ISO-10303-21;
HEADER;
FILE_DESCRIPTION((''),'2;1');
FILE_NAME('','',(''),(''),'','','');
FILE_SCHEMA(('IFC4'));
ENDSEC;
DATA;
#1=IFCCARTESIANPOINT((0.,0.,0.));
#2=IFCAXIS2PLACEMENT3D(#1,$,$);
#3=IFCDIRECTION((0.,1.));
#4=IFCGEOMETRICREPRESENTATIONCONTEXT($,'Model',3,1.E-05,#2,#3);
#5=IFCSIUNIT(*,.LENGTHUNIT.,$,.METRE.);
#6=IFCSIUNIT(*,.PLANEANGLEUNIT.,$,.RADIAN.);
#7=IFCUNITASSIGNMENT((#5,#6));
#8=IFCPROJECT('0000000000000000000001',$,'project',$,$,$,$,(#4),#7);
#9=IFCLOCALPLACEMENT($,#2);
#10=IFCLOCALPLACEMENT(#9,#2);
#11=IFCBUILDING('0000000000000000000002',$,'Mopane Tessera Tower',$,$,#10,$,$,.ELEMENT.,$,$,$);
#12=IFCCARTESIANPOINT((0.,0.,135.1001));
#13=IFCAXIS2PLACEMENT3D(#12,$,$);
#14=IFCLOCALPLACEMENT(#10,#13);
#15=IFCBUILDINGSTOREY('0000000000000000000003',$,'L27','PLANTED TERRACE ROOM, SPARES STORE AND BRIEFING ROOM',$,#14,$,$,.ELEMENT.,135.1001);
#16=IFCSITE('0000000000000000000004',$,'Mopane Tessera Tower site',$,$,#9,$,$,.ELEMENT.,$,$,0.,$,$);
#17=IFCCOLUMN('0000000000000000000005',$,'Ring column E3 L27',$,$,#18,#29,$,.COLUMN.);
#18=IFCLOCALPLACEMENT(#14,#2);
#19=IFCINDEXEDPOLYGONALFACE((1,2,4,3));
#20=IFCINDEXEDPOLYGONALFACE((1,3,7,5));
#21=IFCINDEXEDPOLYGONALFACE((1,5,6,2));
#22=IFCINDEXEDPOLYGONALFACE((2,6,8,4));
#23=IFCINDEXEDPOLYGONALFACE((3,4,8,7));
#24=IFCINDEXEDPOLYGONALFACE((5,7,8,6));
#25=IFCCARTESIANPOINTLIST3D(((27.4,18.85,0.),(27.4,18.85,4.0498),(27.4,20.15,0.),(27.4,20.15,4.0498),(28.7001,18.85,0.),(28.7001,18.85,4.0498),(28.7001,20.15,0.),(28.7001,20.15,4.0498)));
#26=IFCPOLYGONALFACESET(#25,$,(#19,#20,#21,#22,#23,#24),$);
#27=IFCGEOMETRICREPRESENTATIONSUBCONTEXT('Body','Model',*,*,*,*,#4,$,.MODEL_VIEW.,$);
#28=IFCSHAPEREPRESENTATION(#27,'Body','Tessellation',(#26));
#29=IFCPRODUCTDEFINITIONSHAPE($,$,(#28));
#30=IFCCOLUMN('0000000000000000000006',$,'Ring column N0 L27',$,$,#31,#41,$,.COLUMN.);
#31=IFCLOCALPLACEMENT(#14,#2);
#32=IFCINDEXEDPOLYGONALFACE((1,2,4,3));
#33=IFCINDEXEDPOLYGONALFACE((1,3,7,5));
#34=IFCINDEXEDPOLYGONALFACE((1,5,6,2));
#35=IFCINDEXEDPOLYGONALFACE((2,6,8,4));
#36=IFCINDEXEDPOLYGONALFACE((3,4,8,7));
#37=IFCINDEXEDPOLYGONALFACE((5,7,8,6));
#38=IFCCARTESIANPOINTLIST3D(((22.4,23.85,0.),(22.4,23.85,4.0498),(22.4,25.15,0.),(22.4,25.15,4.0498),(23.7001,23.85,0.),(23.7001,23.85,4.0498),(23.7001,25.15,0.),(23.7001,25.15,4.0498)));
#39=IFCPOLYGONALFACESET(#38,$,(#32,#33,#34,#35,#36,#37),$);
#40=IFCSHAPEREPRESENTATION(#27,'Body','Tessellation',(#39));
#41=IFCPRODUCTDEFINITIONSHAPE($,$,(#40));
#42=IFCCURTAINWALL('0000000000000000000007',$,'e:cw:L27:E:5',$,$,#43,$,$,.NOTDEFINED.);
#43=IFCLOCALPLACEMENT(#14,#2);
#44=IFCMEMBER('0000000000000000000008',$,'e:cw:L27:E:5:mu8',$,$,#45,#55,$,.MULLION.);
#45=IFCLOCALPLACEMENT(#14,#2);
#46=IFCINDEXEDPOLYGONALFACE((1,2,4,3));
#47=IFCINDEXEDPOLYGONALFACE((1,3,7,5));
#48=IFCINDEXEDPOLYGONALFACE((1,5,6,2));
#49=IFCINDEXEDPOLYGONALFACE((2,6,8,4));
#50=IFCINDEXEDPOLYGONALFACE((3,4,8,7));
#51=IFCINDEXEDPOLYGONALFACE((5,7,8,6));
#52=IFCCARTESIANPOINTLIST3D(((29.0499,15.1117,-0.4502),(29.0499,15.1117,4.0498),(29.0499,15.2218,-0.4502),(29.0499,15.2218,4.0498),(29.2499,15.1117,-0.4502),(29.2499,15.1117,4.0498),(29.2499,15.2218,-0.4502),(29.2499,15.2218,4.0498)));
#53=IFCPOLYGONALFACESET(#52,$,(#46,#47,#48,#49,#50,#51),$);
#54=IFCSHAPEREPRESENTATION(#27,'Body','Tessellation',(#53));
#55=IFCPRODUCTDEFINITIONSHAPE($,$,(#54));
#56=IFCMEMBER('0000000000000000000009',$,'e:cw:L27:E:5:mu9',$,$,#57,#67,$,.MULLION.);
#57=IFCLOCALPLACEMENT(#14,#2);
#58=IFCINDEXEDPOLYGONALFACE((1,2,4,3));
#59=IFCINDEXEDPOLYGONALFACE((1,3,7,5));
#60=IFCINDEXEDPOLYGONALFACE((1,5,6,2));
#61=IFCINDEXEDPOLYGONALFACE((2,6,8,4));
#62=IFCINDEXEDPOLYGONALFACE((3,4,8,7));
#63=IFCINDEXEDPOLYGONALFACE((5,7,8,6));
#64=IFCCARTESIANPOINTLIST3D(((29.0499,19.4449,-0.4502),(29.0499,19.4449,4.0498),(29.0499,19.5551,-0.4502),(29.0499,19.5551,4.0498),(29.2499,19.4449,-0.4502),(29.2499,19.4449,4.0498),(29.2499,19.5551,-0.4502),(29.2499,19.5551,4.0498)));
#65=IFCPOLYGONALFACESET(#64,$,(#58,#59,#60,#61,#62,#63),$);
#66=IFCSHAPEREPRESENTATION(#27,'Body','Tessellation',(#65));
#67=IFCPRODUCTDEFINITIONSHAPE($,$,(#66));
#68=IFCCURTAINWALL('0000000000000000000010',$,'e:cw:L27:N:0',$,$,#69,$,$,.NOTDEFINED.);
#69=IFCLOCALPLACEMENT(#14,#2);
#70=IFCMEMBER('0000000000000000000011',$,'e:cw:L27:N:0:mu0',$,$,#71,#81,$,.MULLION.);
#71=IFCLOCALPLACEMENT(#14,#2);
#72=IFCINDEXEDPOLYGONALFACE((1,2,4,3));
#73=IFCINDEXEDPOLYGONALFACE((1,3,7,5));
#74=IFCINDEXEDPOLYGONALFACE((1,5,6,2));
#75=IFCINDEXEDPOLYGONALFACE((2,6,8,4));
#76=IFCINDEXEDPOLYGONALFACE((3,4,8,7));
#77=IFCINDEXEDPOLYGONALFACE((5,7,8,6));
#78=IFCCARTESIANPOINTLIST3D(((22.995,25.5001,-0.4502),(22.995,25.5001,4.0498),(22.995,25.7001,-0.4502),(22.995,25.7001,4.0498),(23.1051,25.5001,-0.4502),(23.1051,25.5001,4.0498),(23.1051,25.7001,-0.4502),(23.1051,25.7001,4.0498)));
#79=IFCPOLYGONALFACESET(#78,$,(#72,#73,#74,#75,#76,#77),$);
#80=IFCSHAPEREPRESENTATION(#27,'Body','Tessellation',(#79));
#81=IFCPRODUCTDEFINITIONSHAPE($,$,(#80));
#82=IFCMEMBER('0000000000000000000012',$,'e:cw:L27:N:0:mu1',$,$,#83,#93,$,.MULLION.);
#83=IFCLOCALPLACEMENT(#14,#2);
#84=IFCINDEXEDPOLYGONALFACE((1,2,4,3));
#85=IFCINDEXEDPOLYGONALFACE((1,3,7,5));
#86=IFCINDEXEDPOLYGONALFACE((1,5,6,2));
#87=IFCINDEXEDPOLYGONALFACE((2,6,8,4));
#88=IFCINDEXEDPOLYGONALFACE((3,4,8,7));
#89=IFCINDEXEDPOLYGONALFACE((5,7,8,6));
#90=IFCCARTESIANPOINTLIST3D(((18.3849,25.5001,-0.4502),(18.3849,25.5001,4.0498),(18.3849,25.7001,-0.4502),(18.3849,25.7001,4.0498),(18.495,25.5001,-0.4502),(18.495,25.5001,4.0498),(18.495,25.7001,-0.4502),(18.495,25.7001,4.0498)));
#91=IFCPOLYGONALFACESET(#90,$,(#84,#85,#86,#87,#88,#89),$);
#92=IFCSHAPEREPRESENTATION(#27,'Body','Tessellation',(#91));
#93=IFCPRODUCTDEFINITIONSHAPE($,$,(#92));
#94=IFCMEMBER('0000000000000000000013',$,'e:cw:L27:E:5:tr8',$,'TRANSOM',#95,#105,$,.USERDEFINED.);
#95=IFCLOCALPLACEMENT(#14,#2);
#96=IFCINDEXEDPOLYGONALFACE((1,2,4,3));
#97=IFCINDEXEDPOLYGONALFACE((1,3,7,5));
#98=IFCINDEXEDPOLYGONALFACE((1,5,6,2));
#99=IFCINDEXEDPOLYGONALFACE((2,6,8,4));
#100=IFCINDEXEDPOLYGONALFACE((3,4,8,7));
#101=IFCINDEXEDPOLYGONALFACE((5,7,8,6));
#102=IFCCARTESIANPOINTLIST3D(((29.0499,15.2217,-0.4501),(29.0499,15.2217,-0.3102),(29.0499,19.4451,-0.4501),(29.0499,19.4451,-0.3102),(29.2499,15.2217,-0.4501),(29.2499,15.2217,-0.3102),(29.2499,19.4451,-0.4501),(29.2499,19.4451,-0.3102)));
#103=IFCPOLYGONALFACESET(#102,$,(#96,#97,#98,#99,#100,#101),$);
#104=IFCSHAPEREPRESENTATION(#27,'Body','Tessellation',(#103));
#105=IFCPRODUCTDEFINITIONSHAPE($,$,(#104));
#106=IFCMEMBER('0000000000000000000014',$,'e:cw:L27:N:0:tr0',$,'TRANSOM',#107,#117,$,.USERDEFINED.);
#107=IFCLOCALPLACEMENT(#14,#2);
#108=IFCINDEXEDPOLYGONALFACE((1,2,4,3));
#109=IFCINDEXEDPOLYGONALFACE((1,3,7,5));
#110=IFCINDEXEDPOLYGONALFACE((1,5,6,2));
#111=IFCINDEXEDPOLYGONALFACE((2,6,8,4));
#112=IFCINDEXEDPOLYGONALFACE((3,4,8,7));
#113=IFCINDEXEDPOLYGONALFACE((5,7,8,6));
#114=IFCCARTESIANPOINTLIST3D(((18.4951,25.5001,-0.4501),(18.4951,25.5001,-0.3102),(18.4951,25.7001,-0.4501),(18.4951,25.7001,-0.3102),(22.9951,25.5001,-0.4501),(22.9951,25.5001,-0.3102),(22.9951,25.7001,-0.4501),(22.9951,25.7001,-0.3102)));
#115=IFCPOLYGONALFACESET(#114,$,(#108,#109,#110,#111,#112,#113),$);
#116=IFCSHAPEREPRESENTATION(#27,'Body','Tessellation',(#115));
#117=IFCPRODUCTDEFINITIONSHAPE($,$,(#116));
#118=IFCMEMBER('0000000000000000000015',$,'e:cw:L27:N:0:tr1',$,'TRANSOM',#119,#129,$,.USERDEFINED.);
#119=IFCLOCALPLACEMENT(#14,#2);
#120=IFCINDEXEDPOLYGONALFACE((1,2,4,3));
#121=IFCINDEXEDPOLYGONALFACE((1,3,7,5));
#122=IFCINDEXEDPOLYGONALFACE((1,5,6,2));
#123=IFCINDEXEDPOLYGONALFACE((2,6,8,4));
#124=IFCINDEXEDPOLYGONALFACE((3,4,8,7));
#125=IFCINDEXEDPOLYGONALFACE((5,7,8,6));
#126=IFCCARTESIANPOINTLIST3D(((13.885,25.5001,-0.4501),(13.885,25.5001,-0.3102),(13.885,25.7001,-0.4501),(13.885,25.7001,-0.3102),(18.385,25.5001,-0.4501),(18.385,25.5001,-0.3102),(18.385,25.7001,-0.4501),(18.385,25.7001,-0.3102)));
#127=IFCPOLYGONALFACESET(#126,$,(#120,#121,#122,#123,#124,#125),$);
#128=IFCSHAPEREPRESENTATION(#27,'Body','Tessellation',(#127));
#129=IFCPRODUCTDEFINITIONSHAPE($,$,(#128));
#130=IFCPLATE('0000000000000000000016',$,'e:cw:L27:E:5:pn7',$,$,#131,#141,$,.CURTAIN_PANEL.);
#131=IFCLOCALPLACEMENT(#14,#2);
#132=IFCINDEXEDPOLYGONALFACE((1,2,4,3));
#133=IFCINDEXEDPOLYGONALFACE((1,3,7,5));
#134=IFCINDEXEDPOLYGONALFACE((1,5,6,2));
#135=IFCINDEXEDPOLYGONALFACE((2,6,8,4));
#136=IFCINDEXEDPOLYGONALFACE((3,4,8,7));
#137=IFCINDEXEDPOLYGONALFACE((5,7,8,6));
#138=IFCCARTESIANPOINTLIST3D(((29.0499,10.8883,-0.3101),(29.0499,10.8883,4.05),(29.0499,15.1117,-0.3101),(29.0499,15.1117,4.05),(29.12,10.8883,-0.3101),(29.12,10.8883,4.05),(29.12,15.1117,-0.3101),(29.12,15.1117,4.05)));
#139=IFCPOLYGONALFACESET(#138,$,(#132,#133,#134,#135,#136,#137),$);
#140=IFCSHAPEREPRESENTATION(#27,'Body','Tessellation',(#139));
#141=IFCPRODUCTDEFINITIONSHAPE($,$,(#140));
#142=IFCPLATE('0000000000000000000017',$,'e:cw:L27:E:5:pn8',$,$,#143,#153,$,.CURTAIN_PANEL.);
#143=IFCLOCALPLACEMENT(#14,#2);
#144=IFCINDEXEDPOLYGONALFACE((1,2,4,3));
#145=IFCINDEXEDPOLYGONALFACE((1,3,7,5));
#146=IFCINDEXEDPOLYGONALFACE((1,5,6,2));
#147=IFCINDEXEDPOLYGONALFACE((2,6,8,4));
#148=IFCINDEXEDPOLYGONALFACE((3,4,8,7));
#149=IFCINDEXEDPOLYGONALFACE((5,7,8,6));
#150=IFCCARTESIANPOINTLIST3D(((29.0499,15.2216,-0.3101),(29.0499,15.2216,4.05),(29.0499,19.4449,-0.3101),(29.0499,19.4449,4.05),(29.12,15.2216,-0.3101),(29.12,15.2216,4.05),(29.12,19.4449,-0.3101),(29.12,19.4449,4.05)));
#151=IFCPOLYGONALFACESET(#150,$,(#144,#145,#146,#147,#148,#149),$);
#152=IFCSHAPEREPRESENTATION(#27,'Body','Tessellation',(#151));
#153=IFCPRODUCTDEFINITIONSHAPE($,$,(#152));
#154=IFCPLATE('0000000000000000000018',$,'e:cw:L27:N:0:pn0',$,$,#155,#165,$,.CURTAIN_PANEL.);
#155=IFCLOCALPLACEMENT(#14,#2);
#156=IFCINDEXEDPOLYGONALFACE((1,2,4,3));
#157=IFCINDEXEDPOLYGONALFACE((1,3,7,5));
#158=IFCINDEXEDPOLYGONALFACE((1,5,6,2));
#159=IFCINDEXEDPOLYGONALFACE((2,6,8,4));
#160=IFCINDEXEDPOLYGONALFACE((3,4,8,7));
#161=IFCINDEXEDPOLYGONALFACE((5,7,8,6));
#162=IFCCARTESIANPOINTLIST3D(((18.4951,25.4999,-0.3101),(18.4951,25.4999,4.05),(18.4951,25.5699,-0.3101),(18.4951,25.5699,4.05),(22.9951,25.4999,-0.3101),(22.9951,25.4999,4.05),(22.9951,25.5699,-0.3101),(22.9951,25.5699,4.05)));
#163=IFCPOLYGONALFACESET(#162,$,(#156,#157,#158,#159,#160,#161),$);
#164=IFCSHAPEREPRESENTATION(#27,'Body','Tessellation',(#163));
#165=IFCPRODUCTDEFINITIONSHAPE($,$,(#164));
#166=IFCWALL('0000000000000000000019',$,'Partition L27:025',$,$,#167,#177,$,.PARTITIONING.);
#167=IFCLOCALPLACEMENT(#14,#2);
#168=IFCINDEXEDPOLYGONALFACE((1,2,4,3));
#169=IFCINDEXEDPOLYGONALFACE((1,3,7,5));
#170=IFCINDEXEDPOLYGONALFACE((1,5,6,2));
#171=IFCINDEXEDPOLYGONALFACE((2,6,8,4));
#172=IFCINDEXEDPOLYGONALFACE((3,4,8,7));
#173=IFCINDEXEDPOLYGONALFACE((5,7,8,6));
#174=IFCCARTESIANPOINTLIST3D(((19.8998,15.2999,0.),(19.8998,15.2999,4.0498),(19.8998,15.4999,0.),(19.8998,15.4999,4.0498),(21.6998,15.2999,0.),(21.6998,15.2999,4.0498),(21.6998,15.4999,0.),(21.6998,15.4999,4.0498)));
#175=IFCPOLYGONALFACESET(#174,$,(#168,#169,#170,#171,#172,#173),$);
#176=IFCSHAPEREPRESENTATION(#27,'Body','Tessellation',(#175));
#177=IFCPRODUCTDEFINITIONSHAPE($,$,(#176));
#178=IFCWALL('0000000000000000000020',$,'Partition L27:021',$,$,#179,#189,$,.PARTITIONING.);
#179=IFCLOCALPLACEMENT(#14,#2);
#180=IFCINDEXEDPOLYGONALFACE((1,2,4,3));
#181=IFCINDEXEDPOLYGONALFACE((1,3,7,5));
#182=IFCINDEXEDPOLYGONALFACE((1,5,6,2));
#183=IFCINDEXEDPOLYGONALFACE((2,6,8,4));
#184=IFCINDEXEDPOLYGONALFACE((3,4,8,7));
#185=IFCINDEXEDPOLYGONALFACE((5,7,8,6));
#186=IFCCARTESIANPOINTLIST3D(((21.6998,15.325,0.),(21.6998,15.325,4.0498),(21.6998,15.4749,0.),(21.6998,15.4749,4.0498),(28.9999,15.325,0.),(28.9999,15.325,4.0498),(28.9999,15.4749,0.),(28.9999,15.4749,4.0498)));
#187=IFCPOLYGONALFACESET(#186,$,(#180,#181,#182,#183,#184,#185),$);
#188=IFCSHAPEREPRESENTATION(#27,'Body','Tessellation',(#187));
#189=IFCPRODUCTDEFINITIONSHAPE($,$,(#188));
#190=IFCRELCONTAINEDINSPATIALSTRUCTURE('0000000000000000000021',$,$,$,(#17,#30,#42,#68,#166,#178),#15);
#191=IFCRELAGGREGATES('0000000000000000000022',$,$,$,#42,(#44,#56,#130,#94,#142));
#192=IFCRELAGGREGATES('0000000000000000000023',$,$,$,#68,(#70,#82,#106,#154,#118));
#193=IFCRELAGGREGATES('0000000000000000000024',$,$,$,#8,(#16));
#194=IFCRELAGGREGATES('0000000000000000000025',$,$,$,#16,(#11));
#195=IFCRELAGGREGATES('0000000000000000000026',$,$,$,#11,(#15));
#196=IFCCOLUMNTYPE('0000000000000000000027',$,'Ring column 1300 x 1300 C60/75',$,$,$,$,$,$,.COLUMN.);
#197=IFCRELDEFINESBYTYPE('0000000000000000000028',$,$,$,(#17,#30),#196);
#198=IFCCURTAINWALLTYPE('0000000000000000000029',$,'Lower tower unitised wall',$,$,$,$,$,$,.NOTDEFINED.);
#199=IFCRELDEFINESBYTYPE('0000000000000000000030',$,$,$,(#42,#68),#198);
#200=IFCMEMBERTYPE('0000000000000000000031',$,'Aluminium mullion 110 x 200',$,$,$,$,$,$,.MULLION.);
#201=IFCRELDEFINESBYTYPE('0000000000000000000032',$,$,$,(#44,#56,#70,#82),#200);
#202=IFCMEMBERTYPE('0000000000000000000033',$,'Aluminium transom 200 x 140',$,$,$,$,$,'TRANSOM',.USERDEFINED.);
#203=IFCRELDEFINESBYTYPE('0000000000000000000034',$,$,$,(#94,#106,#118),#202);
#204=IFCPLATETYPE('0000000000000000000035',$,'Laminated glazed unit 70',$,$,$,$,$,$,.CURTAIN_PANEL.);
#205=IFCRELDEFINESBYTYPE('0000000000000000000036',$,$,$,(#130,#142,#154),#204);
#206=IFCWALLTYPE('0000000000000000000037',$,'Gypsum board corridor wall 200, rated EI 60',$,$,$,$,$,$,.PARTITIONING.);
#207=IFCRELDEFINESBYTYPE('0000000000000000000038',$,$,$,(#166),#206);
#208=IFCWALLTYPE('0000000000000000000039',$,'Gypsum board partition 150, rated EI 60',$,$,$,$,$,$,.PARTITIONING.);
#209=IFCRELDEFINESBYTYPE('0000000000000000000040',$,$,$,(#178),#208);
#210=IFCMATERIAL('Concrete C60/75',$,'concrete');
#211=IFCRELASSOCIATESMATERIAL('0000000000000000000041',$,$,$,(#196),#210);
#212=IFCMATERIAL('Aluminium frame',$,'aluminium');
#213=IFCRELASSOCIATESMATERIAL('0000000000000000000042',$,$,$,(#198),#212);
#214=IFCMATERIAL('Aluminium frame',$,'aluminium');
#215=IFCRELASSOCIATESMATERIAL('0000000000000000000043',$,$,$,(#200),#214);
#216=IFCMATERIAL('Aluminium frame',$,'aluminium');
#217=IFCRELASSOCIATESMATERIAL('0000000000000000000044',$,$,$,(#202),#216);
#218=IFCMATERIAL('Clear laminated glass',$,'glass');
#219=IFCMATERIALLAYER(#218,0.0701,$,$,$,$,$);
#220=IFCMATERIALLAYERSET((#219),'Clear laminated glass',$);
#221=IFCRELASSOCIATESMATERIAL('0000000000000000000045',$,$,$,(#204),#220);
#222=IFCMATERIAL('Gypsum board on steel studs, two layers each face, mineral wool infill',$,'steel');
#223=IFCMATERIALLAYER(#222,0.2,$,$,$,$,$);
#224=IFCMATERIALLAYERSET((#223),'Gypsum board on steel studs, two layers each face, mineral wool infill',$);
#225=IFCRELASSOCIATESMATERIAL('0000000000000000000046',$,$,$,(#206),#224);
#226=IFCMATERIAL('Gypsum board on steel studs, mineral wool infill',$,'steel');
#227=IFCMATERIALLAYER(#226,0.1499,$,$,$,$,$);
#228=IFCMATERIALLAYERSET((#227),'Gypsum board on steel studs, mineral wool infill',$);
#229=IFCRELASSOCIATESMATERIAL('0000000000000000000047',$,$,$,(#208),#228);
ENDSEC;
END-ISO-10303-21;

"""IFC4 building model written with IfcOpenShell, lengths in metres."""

from ifc_helpers import new_model, si_unit, direction, frame, frame_2d, origin, origin_2d, place, context, subcontext, project, spatial, rectangle, extrude, material, layer, layer_set, material_profile, profile_set, type_object, element, aggregate, save


model = new_model("IFC4")

# Units and contexts
model_context = context("Model", 3, precision=1e-05, world=origin(), true_north=direction((0.0, 1.0)))
body_context = subcontext(model_context, "Body", "Model", "MODEL_VIEW")
ifc_project = project(units=[si_unit("LENGTHUNIT", "METRE"), si_unit("PLANEANGLEUNIT", "RADIAN")], contexts=[model_context])

# Site, building, storey
site_placement = place(None, origin())
site = spatial("IfcSite", under=ifc_project, at=site_placement, Name="Mopane Tessera Tower site", CompositionType="ELEMENT", RefElevation=0.0)
building_placement = place(site_placement, origin())
building = spatial("IfcBuilding", under=site, at=building_placement, Name="Mopane Tessera Tower", CompositionType="ELEMENT")
storey_placement = place(building_placement, frame((0.0, 0.0, 135.1001)))
storey = spatial("IfcBuildingStorey", under=building, at=storey_placement, Name="L27", Description="PLANTED TERRACE ROOM, SPARES STORE AND BRIEFING ROOM", CompositionType="ELEMENT", Elevation=135.1001)

# Columns
ifc_material_1 = material(Name="Concrete C60/75", Category="concrete")
ifc_material_profile_1 = material_profile(ifc_material_1, rectangle(XDim=1.3, YDim=1.3, at=origin_2d()))
ifc_profile_set_1 = profile_set([ifc_material_profile_1], Name="Concrete C60/75")
column_type = type_object("IfcColumnType", Name="Ring column 1300 x 1300 C60/75", PredefinedType="COLUMN", material=ifc_profile_set_1)
for number, where, z_axis, x_axis, name in (
    (1, (28.05, 19.5, 0.0), (0.0, 0.0, 1.0), (1.0, 0.0, 0.0), "Ring column E3 L27"),
    (2, (23.05, 24.5, 0.0), (0.0, 0.0, 1.0), (1.0, 0.0, 0.0), "Ring column N0 L27"),
):
    element("IfcColumn", number, at=place(storey_placement, frame(where, z_axis=z_axis, x_axis=x_axis)), inside=storey, type_object=column_type, Name=name, PredefinedType="COLUMN", context=body_context, shape_type="SweptSolid", body=[
        extrude(rectangle(XDim=1.3, YDim=1.3, at=origin_2d()), origin(), (0.0, 0.0, 1.0), 4.0498),
    ])

# Curtain walls, members
ifc_material_2 = material(Name="Aluminium frame", Category="aluminium")
curtain_wall_type = type_object("IfcCurtainWallType", Name="Lower tower unitised wall", PredefinedType="NOTDEFINED", material=ifc_material_2)
curtain_wall_1_placement = place(storey_placement, origin())
curtain_wall_1 = element("IfcCurtainWall", 3, at=curtain_wall_1_placement, inside=storey, type_object=curtain_wall_type, Name="e:cw:L27:E:5", PredefinedType="NOTDEFINED")
ifc_material_3 = material(Name="Aluminium frame", Category="aluminium")
ifc_material_profile_2 = material_profile(ifc_material_3, rectangle(XDim=0.1101, YDim=0.2, at=origin_2d()))
ifc_profile_set_2 = profile_set([ifc_material_profile_2], Name="Aluminium frame")
member_type_1 = type_object("IfcMemberType", Name="Aluminium mullion 110 x 200", PredefinedType="MULLION", material=ifc_profile_set_2)
member_1_placement = place(storey_placement, frame((29.1499, 15.1667, -0.4502), z_axis=(0.0, 0.0, 1.0), x_axis=(0.0, 1.0, 0.0)))
member_1 = element("IfcMember", 4, at=member_1_placement, type_object=member_type_1, Name="e:cw:L27:E:5:mu8", PredefinedType="MULLION", context=body_context, shape_type="SweptSolid", body=[
    extrude(rectangle(XDim=0.1101, YDim=0.2, at=origin_2d()), origin(), (0.0, 0.0, 1.0), 4.5),
])
member_2_placement = place(storey_placement, frame((29.1499, 19.5, -0.4502), z_axis=(0.0, 0.0, 1.0), x_axis=(0.0, 1.0, 0.0)))
member_2 = element("IfcMember", 5, at=member_2_placement, type_object=member_type_1, Name="e:cw:L27:E:5:mu9", PredefinedType="MULLION", context=body_context, shape_type="SweptSolid", body=[
    extrude(rectangle(XDim=0.1101, YDim=0.2, at=origin_2d()), origin(), (0.0, 0.0, 1.0), 4.5),
])
curtain_wall_2_placement = place(storey_placement, origin())
curtain_wall_2 = element("IfcCurtainWall", 6, at=curtain_wall_2_placement, inside=storey, type_object=curtain_wall_type, Name="e:cw:L27:N:0", PredefinedType="NOTDEFINED")
member_3_placement = place(storey_placement, frame((23.05, 25.6001, -0.4502), z_axis=(0.0, 0.0, 1.0), x_axis=(-1.0, 0.0, 0.0)))
member_3 = element("IfcMember", 7, at=member_3_placement, type_object=member_type_1, Name="e:cw:L27:N:0:mu0", PredefinedType="MULLION", context=body_context, shape_type="SweptSolid", body=[
    extrude(rectangle(XDim=0.1101, YDim=0.2, at=origin_2d()), origin(), (0.0, 0.0, 1.0), 4.5),
])
member_4_placement = place(storey_placement, frame((18.4399, 25.6001, -0.4502), z_axis=(0.0, 0.0, 1.0), x_axis=(-1.0, 0.0, 0.0)))
member_4 = element("IfcMember", 8, at=member_4_placement, type_object=member_type_1, Name="e:cw:L27:N:0:mu1", PredefinedType="MULLION", context=body_context, shape_type="SweptSolid", body=[
    extrude(rectangle(XDim=0.1101, YDim=0.2, at=origin_2d()), origin(), (0.0, 0.0, 1.0), 4.5),
])

# Members
ifc_material_4 = material(Name="Aluminium frame", Category="aluminium")
ifc_material_profile_3 = material_profile(ifc_material_4, rectangle(XDim=0.2, YDim=0.1399, at=origin_2d()))
ifc_profile_set_3 = profile_set([ifc_material_profile_3], Name="Aluminium frame")
member_type_2 = type_object("IfcMemberType", Name="Aluminium transom 200 x 140", ElementType="TRANSOM", PredefinedType="USERDEFINED", material=ifc_profile_set_3)
member_5_placement = place(storey_placement, frame((29.1499, 15.2217, -0.3801), z_axis=(0.0, 1.0, 0.0), x_axis=(-1.0, 0.0, 0.0)))
member_5 = element("IfcMember", 9, at=member_5_placement, type_object=member_type_2, Name="e:cw:L27:E:5:tr8", ObjectType="TRANSOM", PredefinedType="USERDEFINED", context=body_context, shape_type="SweptSolid", body=[
    extrude(rectangle(XDim=0.2, YDim=0.1399, at=origin_2d()), origin(), (0.0, 0.0, 1.0), 4.2234),
])
member_6_placement = place(storey_placement, frame((22.9951, 25.6001, -0.3801), z_axis=(-1.0, 0.0, 0.0), x_axis=(0.0, -1.0, 0.0)))
member_6 = element("IfcMember", 10, at=member_6_placement, type_object=member_type_2, Name="e:cw:L27:N:0:tr0", ObjectType="TRANSOM", PredefinedType="USERDEFINED", context=body_context, shape_type="SweptSolid", body=[
    extrude(rectangle(XDim=0.2, YDim=0.1399, at=origin_2d()), origin(), (0.0, 0.0, 1.0), 4.5),
])
member_7_placement = place(storey_placement, frame((18.385, 25.6001, -0.3801), z_axis=(-1.0, 0.0, 0.0), x_axis=(0.0, -1.0, 0.0)))
member_7 = element("IfcMember", 11, at=member_7_placement, type_object=member_type_2, Name="e:cw:L27:N:0:tr1", ObjectType="TRANSOM", PredefinedType="USERDEFINED", context=body_context, shape_type="SweptSolid", body=[
    extrude(rectangle(XDim=0.2, YDim=0.1399, at=origin_2d()), origin(), (0.0, 0.0, 1.0), 4.5),
])

# Plates
ifc_material_5 = material(Name="Clear laminated glass", Category="glass")
ifc_layer_1 = layer(ifc_material_5, 0.0701)
ifc_layer_set_1 = layer_set([ifc_layer_1], Name="Clear laminated glass")
plate_type = type_object("IfcPlateType", Name="Laminated glazed unit 70", PredefinedType="CURTAIN_PANEL", material=ifc_layer_set_1)
plate_1_placement = place(storey_placement, frame((29.085, 13.0, -0.3101), z_axis=(0.0, 0.0, 1.0), x_axis=(0.0, 1.0, 0.0)))
plate_1 = element("IfcPlate", 12, at=plate_1_placement, type_object=plate_type, Name="e:cw:L27:E:5:pn7", PredefinedType="CURTAIN_PANEL", context=body_context, shape_type="SweptSolid", body=[
    extrude(rectangle(XDim=4.2234, YDim=0.0701, at=origin_2d()), origin(), (0.0, 0.0, 1.0), 4.3601),
])
plate_2_placement = place(storey_placement, frame((29.085, 17.3333, -0.3101), z_axis=(0.0, 0.0, 1.0), x_axis=(0.0, 1.0, 0.0)))
plate_2 = element("IfcPlate", 13, at=plate_2_placement, type_object=plate_type, Name="e:cw:L27:E:5:pn8", PredefinedType="CURTAIN_PANEL", context=body_context, shape_type="SweptSolid", body=[
    extrude(rectangle(XDim=4.2234, YDim=0.0701, at=origin_2d()), origin(), (0.0, 0.0, 1.0), 4.3601),
])
aggregate(curtain_wall_1, [member_1, member_2, plate_1, member_5, plate_2])
plate_3_placement = place(storey_placement, frame((20.7451, 25.5349, -0.3101), z_axis=(0.0, 0.0, 1.0), x_axis=(-1.0, 0.0, 0.0)))
plate_3 = element("IfcPlate", 14, at=plate_3_placement, type_object=plate_type, Name="e:cw:L27:N:0:pn0", PredefinedType="CURTAIN_PANEL", context=body_context, shape_type="SweptSolid", body=[
    extrude(rectangle(XDim=4.5, YDim=0.0701, at=origin_2d()), origin(), (0.0, 0.0, 1.0), 4.3601),
])
aggregate(curtain_wall_2, [member_3, member_4, member_6, plate_3, member_7])

# Walls
ifc_material_6 = material(Name="Gypsum board on steel studs, two layers each face, mineral wool infill", Category="steel")
ifc_layer_2 = layer(ifc_material_6, 0.2)
ifc_layer_set_2 = layer_set([ifc_layer_2], Name="Gypsum board on steel studs, two layers each face, mineral wool infill")
wall_type_1 = type_object("IfcWallType", Name="Gypsum board corridor wall 200, rated EI 60", PredefinedType="PARTITIONING", material=ifc_layer_set_2)
wall_1_placement = place(storey_placement, frame((19.8999, 15.3999, 0.0), z_axis=(0.0, 0.0, 1.0), x_axis=(1.0, 0.0, 0.0)))
element("IfcWall", 15, at=wall_1_placement, inside=storey, type_object=wall_type_1, Name="Partition L27:025", PredefinedType="PARTITIONING", context=body_context, shape_type="SweptSolid", body=[
    extrude(rectangle(XDim=1.8, YDim=0.2, at=frame_2d((0.8999, 0.0))), origin(), (0.0, 0.0, 1.0), 4.0498),
])
ifc_material_7 = material(Name="Gypsum board on steel studs, mineral wool infill", Category="steel")
ifc_layer_3 = layer(ifc_material_7, 0.1499)
ifc_layer_set_3 = layer_set([ifc_layer_3], Name="Gypsum board on steel studs, mineral wool infill")
wall_type_2 = type_object("IfcWallType", Name="Gypsum board partition 150, rated EI 60", PredefinedType="PARTITIONING", material=ifc_layer_set_3)
wall_2_placement = place(storey_placement, frame((21.7, 15.3999, 0.0), z_axis=(0.0, 0.0, 1.0), x_axis=(1.0, 0.0, 0.0)))
element("IfcWall", 16, at=wall_2_placement, inside=storey, type_object=wall_type_2, Name="Partition L27:021", PredefinedType="PARTITIONING", context=body_context, shape_type="SweptSolid", body=[
    extrude(rectangle(XDim=7.3, YDim=0.1499, at=frame_2d((3.6499, 0.0))), origin(), (0.0, 0.0, 1.0), 4.0498),
])

save(model, "model.ifc")
